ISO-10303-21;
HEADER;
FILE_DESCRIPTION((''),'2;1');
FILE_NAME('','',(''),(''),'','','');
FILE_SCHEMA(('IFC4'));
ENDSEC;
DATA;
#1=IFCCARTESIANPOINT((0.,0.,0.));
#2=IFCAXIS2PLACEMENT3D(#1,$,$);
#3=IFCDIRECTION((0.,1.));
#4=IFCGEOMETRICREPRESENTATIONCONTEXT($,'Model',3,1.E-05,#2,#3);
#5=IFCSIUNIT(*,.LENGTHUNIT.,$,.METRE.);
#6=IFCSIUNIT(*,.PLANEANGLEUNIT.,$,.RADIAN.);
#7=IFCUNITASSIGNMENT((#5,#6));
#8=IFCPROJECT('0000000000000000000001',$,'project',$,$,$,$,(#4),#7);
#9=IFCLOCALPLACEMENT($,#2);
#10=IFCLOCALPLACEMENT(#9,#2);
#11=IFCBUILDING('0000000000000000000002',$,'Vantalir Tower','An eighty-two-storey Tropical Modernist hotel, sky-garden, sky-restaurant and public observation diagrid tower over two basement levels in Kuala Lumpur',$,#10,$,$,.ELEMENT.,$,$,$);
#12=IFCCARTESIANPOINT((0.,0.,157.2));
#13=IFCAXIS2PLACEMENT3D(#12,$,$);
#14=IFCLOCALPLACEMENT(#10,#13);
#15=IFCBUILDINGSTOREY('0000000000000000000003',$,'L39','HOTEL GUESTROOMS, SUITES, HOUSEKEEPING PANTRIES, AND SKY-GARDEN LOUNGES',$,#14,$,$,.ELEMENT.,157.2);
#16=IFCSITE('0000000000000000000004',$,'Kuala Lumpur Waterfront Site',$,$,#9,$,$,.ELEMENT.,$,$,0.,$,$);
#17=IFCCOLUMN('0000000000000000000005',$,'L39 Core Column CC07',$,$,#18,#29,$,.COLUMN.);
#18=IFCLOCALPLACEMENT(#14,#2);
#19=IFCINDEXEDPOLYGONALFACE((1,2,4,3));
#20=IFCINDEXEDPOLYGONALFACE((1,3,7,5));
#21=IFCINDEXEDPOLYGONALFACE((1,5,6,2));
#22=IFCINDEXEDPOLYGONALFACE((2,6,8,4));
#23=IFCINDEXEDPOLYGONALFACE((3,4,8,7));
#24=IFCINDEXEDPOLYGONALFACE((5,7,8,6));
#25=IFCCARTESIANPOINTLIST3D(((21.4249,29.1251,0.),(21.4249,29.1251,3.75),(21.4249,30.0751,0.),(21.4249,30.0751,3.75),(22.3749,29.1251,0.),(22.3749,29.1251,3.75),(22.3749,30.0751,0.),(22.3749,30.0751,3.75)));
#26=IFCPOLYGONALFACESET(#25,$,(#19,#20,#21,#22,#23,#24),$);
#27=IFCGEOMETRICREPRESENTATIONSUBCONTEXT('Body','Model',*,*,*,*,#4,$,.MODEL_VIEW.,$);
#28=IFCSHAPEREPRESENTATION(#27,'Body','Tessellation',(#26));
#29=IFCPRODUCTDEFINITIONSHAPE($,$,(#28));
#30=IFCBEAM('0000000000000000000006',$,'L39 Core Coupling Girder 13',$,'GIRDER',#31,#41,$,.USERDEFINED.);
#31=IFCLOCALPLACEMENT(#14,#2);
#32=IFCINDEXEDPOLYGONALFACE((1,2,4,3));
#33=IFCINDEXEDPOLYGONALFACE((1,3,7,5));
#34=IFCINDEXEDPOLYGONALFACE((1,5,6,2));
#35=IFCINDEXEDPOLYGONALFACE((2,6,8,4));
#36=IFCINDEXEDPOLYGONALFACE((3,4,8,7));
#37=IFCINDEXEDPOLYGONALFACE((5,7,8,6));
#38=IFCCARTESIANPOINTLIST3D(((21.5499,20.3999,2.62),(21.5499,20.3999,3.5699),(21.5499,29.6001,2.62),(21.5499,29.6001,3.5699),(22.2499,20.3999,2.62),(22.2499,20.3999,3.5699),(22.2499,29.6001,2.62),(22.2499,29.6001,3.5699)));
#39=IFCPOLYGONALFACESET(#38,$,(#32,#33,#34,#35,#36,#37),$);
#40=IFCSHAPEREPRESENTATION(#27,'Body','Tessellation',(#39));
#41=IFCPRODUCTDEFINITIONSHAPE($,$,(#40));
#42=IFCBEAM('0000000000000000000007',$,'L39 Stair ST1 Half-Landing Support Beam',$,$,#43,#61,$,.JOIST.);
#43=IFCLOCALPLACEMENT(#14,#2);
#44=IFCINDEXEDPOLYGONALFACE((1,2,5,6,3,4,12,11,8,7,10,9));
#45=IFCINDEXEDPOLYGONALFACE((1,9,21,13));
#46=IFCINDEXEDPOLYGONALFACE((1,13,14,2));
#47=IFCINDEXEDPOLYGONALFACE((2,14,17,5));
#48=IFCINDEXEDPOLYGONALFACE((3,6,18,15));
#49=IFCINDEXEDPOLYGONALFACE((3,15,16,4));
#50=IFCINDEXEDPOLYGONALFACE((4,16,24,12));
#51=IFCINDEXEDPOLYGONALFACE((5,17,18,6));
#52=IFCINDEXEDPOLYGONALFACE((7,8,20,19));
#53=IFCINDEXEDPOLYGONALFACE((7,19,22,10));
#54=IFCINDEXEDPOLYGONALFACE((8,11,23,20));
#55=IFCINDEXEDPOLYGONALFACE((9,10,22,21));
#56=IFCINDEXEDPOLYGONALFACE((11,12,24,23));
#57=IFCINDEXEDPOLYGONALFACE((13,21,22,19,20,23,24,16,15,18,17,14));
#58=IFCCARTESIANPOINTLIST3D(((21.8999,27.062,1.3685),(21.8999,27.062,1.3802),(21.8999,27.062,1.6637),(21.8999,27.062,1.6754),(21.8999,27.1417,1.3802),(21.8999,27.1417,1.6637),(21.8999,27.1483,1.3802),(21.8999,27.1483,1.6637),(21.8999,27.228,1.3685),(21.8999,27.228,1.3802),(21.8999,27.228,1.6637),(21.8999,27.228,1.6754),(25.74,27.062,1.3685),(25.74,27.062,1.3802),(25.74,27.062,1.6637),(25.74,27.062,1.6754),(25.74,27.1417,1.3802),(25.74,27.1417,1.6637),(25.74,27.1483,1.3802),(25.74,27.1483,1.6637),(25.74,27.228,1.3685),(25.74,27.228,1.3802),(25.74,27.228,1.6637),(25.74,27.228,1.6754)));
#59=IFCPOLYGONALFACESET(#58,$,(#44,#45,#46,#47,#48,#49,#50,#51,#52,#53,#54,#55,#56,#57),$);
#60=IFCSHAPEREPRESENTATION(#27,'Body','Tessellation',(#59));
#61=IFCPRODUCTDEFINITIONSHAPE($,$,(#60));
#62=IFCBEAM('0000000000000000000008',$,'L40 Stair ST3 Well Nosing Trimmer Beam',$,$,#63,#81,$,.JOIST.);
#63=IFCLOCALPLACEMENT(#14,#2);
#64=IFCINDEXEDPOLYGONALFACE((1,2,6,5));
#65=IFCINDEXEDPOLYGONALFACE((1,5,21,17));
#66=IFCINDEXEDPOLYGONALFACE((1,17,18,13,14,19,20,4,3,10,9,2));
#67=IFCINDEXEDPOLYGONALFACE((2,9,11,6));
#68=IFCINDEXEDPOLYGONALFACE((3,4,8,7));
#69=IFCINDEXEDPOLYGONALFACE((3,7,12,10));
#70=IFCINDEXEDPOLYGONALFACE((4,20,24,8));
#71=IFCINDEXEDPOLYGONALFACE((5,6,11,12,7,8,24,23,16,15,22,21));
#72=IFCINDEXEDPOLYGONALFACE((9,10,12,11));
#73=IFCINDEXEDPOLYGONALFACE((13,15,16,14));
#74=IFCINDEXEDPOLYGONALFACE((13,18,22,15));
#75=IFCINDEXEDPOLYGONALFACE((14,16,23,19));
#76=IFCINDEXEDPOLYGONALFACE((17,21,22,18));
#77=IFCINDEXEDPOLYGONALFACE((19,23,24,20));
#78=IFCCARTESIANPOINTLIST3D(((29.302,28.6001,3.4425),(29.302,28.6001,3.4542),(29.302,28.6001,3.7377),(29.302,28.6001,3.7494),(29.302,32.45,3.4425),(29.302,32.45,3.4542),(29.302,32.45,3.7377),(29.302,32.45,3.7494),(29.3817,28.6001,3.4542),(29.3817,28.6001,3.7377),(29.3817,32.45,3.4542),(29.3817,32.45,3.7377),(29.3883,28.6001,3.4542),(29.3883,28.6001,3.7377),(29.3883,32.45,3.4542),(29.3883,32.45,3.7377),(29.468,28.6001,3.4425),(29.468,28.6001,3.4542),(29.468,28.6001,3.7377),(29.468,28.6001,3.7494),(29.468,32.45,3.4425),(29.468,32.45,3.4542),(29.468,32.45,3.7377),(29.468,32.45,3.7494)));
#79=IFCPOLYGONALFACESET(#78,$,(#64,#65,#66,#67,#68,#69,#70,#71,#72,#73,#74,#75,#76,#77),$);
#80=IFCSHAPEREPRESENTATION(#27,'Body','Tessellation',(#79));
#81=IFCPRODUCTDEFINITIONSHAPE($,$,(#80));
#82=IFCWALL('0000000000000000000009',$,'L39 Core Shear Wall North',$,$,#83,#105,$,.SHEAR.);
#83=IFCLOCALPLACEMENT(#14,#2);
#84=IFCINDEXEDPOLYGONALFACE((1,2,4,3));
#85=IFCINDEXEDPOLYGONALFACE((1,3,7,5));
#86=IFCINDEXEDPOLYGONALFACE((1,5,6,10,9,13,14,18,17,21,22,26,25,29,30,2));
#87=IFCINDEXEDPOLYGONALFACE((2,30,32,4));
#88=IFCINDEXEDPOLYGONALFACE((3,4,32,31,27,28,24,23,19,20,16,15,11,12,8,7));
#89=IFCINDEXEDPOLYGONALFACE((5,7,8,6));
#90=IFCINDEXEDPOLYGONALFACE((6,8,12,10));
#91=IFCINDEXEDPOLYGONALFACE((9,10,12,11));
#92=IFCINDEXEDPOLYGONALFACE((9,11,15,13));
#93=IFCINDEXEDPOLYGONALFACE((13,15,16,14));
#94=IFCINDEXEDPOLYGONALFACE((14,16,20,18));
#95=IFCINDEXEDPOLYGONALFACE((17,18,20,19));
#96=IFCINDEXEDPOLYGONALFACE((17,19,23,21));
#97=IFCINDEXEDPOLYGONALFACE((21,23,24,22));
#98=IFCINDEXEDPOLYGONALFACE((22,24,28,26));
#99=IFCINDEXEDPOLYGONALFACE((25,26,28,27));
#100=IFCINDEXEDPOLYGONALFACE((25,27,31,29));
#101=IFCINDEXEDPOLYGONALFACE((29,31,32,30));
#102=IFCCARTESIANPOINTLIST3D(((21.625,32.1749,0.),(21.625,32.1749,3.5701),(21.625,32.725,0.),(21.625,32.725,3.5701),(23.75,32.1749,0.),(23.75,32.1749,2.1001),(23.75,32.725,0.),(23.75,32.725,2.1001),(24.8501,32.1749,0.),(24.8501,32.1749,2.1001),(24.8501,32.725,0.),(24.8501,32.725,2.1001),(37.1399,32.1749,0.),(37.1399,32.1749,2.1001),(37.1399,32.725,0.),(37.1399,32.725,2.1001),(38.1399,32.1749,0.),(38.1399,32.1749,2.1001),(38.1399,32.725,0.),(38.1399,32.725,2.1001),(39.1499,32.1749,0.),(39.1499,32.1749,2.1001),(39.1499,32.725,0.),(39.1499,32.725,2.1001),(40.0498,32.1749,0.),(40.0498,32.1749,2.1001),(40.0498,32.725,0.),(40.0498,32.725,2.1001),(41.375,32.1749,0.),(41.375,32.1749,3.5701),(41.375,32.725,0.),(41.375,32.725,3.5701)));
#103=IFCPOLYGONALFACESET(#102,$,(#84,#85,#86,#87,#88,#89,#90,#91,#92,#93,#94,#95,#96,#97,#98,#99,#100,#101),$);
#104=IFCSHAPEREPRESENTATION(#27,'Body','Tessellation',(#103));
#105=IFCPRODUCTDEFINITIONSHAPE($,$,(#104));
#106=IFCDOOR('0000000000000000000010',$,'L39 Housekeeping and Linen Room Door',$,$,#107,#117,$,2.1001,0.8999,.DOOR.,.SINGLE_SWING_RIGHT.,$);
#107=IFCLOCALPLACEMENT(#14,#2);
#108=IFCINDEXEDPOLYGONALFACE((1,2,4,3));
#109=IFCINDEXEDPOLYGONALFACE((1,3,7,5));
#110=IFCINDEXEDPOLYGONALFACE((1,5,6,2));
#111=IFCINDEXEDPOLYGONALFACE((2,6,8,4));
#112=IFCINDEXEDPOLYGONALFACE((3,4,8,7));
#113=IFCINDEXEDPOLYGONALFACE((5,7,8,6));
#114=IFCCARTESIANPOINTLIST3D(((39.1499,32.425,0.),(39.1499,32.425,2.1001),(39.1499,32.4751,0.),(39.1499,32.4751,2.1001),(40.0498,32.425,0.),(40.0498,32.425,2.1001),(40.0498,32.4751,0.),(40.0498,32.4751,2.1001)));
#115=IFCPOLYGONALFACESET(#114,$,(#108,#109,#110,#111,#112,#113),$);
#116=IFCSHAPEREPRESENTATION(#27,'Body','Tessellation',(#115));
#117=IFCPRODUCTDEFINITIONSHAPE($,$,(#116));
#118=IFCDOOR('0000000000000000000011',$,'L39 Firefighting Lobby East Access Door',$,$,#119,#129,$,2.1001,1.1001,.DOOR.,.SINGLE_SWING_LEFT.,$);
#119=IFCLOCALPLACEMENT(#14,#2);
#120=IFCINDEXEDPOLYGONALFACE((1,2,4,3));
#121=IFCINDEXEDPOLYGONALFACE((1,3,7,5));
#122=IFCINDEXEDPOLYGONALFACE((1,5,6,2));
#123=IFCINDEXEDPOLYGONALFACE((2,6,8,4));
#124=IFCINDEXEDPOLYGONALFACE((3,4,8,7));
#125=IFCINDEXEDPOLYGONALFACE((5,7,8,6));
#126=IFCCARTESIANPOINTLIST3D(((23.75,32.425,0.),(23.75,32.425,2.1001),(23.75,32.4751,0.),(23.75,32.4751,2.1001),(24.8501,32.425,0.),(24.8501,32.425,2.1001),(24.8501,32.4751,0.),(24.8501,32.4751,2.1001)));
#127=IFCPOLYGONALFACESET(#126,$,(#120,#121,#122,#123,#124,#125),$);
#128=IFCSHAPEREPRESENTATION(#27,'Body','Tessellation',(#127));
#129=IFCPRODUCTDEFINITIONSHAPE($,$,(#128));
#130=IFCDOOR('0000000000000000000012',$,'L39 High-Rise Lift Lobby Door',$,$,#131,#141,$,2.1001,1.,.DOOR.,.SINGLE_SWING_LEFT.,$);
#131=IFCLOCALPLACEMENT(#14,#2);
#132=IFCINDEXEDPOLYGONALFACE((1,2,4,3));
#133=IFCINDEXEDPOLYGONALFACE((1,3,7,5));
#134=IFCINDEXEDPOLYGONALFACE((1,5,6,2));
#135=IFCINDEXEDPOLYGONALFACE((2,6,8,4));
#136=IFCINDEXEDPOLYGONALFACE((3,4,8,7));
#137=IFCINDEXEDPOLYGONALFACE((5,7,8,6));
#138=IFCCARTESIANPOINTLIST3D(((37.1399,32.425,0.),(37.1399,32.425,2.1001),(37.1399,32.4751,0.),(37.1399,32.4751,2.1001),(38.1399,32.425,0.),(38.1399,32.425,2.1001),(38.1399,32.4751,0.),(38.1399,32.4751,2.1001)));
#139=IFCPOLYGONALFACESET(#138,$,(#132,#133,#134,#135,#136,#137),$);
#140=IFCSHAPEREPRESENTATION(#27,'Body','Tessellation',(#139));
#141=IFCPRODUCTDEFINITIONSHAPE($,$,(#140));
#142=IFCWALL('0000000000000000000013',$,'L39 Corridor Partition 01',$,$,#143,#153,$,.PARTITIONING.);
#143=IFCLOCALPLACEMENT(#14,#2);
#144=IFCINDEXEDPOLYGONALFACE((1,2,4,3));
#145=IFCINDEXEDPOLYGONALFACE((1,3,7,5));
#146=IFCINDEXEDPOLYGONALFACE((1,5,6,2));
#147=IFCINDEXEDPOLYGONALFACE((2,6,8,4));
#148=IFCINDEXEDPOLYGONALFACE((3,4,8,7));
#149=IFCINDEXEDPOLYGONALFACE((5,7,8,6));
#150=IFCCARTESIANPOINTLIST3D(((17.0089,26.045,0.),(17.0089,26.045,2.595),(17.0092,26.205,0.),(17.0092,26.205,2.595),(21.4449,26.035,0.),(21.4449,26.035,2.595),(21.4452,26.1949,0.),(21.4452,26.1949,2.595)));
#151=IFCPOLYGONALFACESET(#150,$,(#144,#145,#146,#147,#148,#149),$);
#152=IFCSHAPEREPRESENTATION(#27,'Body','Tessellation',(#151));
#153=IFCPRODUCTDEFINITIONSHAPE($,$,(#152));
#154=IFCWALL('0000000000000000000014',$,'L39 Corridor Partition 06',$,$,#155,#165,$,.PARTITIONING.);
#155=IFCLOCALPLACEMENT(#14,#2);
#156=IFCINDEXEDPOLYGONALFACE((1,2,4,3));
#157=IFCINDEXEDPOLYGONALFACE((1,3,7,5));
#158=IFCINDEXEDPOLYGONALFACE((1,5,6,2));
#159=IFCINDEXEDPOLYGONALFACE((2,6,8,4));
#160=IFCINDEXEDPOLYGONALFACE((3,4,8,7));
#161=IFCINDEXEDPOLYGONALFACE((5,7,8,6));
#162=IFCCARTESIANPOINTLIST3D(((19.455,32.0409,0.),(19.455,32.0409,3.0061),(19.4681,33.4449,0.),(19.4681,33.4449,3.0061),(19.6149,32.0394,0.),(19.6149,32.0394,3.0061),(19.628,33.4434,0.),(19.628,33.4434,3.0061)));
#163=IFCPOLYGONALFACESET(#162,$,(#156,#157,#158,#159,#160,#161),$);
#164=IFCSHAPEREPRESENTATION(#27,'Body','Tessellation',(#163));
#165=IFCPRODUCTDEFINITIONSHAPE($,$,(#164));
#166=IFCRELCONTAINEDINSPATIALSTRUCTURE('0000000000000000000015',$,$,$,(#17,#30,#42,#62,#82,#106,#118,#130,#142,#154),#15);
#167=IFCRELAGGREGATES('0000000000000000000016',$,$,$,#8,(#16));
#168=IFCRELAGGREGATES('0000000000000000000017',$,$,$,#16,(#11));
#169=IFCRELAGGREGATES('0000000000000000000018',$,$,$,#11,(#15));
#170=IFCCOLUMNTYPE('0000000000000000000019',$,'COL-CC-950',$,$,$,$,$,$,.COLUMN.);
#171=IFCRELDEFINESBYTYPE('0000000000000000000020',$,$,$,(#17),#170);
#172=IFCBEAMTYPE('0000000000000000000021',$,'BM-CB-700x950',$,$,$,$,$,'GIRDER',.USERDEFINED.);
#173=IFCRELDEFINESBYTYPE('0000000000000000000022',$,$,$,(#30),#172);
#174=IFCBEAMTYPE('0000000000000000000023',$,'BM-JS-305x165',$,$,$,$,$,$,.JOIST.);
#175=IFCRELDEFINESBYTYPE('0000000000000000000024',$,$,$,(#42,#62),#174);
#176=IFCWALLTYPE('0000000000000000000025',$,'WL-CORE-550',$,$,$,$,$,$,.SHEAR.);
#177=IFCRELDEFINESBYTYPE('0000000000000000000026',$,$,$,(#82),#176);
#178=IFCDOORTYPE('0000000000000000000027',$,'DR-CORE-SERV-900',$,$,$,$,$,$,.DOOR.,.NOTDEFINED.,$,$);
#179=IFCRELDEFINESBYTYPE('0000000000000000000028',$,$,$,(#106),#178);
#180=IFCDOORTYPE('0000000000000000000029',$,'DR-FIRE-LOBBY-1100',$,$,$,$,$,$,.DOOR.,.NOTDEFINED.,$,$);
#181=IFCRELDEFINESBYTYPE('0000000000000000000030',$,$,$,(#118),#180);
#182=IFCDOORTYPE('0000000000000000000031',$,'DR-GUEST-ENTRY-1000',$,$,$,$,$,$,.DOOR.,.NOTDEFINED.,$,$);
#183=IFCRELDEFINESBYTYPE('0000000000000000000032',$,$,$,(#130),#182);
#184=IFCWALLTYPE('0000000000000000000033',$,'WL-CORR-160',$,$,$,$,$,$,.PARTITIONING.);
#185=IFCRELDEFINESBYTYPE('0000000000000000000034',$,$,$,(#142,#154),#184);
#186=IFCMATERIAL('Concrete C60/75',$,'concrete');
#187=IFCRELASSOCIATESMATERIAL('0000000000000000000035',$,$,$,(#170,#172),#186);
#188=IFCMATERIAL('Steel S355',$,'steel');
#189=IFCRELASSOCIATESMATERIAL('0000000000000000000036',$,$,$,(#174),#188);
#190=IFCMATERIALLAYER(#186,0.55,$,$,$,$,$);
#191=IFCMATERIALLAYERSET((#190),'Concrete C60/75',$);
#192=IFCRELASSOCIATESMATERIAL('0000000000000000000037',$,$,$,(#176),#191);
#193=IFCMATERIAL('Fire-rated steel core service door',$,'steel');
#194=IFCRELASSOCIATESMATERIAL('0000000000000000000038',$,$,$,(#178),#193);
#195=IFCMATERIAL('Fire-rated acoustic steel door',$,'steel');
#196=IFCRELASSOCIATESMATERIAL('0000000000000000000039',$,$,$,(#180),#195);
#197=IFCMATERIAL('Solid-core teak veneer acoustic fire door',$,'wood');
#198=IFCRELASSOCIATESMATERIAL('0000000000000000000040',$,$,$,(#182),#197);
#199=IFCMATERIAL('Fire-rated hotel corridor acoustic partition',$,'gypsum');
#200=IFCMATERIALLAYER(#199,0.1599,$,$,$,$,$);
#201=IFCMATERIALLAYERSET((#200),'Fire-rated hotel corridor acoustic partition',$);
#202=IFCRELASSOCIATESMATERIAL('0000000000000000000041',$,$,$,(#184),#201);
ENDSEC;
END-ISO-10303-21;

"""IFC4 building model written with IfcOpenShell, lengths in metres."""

from ifc_helpers import new_model, si_unit, direction, frame, frame_2d, origin, origin_2d, place, context, subcontext, project, spatial, rectangle, i_section, extrude, material, layer, layer_set, material_profile, profile_set, type_object, element, fill, save


model = new_model("IFC4")

# Units and contexts
model_context = context("Model", 3, precision=1e-05, world=origin(), true_north=direction((0.0, 1.0)))
body_context = subcontext(model_context, "Body", "Model", "MODEL_VIEW")
ifc_project = project(units=[si_unit("LENGTHUNIT", "METRE"), si_unit("PLANEANGLEUNIT", "RADIAN")], contexts=[model_context])

# Site, building, storey
site_placement = place(None, origin())
site = spatial("IfcSite", under=ifc_project, at=site_placement, Name="Kuala Lumpur Waterfront Site", CompositionType="ELEMENT", RefElevation=0.0)
building_placement = place(site_placement, origin())
building = spatial("IfcBuilding", under=site, at=building_placement, Name="Vantalir Tower", Description="An eighty-two-storey Tropical Modernist hotel, sky-garden, sky-restaurant and public observation diagrid tower over two basement levels in Kuala Lumpur", CompositionType="ELEMENT")
storey_placement = place(building_placement, frame((0.0, 0.0, 157.2)))
storey = spatial("IfcBuildingStorey", under=building, at=storey_placement, Name="L39", Description="HOTEL GUESTROOMS, SUITES, HOUSEKEEPING PANTRIES, AND SKY-GARDEN LOUNGES", CompositionType="ELEMENT", Elevation=157.2)

# Column
ifc_material_1 = material(Name="Concrete C60/75", Category="concrete")
ifc_material_profile_1 = material_profile(ifc_material_1, rectangle(XDim=0.95, YDim=0.95, at=origin_2d()), Name="Concrete C60/75")
ifc_profile_set_1 = profile_set([ifc_material_profile_1], Name="Concrete C60/75")
column_type = type_object("IfcColumnType", Name="COL-CC-950", PredefinedType="COLUMN", material=ifc_profile_set_1)
column_placement = place(storey_placement, frame((21.8999, 29.6001, 0.0), z_axis=(0.0, 0.0, 1.0), x_axis=(1.0, 0.0, 0.0)))
element("IfcColumn", 1, at=column_placement, inside=storey, type_object=column_type, Name="L39 Core Column CC07", PredefinedType="COLUMN", context=body_context, shape_type="SweptSolid", body=[
    extrude(rectangle(XDim=0.95, YDim=0.95, at=origin_2d()), origin(), (0.0, 0.0, 1.0), 3.75),
])

# Beams
ifc_material_profile_2 = material_profile(ifc_material_1, rectangle(XDim=0.7, YDim=0.95, at=origin_2d()), Name="Concrete C60/75")
ifc_profile_set_2 = profile_set([ifc_material_profile_2], Name="Concrete C60/75")
beam_type_1 = type_object("IfcBeamType", Name="BM-CB-700x950", ElementType="GIRDER", PredefinedType="USERDEFINED", material=ifc_profile_set_2)
beam_1_placement = place(storey_placement, frame((21.8999, 29.6001, 3.095), z_axis=(0.0, -1.0, 0.0), x_axis=(1.0, 0.0, 0.0)))
element("IfcBeam", 2, at=beam_1_placement, inside=storey, type_object=beam_type_1, Name="L39 Core Coupling Girder 13", ObjectType="GIRDER", PredefinedType="USERDEFINED", context=body_context, shape_type="SweptSolid", body=[
    extrude(rectangle(XDim=0.7, YDim=0.95, at=origin_2d()), origin(), (0.0, 0.0, 1.0), 9.2002),
])
ifc_material_2 = material(Name="Steel S355", Category="steel")
ifc_material_profile_3 = material_profile(ifc_material_2, i_section(OverallWidth=0.166, OverallDepth=0.3069, WebThickness=0.0066, FlangeThickness=0.0117, at=origin_2d()), Name="Steel S355")
ifc_profile_set_3 = profile_set([ifc_material_profile_3], Name="Steel S355")
beam_type_2 = type_object("IfcBeamType", Name="BM-JS-305x165", PredefinedType="JOIST", material=ifc_profile_set_3)
beam_2_placement = place(storey_placement, frame((21.8999, 27.145, 1.522), z_axis=(1.0, 0.0, 0.0), x_axis=(0.0, 1.0, 0.0)))
element("IfcBeam", 3, at=beam_2_placement, inside=storey, type_object=beam_type_2, Name="L39 Stair ST1 Half-Landing Support Beam", PredefinedType="JOIST", context=body_context, shape_type="SweptSolid", body=[
    extrude(i_section(OverallWidth=0.166, OverallDepth=0.3069, WebThickness=0.0066, FlangeThickness=0.0117, at=origin_2d()), origin(), (0.0, 0.0, 1.0), 3.8401),
])
beam_3_placement = place(storey_placement, frame((29.385, 28.6001, 3.5959), z_axis=(0.0, 1.0, 0.0), x_axis=(-1.0, 0.0, 0.0)))
element("IfcBeam", 4, at=beam_3_placement, inside=storey, type_object=beam_type_2, Name="L40 Stair ST3 Well Nosing Trimmer Beam", PredefinedType="JOIST", context=body_context, shape_type="SweptSolid", body=[
    extrude(i_section(OverallWidth=0.166, OverallDepth=0.3069, WebThickness=0.0066, FlangeThickness=0.0117, at=origin_2d()), origin(), (0.0, 0.0, 1.0), 3.8499),
])

# Wall, openings, doors
ifc_layer_1 = layer(ifc_material_1, 0.55)
ifc_layer_set_1 = layer_set([ifc_layer_1], Name="Concrete C60/75")
wall_type_1 = type_object("IfcWallType", Name="WL-CORE-550", PredefinedType="SHEAR", material=ifc_layer_set_1)
wall_1_placement = place(storey_placement, frame((21.625, 32.45, 0.0), z_axis=(0.0, 0.0, 1.0), x_axis=(1.0, 0.0, 0.0)))
wall_1 = element("IfcWall", 5, at=wall_1_placement, inside=storey, type_object=wall_type_1, Name="L39 Core Shear Wall North", PredefinedType="SHEAR", context=body_context, shape_type="SweptSolid", body=[
    extrude(rectangle(XDim=19.75, YDim=0.55, at=frame_2d((9.875, 0.0))), origin(), (0.0, 0.0, 1.0), 3.5701),
])
opening_1_placement = place(wall_1_placement, frame((2.125, 0.0, 0.0)))
opening_1 = element("IfcOpeningElement", 6, at=opening_1_placement, cuts=wall_1, PredefinedType="OPENING", context=body_context, shape_type="SweptSolid", body=[
    extrude(rectangle(XDim=1.1001, YDim=2.1001, at=frame_2d((0.55, 1.05))), frame((0.0, 0.2849, 0.0), z_axis=(0.0, -1.0, 0.0), x_axis=(1.0, 0.0, 0.0)), (0.0, 0.0, 1.0), 0.5701),
])
opening_2_placement = place(wall_1_placement, frame((15.5149, 0.0, 0.0)))
opening_2 = element("IfcOpeningElement", 7, at=opening_2_placement, cuts=wall_1, PredefinedType="OPENING", context=body_context, shape_type="SweptSolid", body=[
    extrude(rectangle(XDim=1.0, YDim=2.1001, at=frame_2d((0.5, 1.05))), frame((0.0, 0.2849, 0.0), z_axis=(0.0, -1.0, 0.0), x_axis=(1.0, 0.0, 0.0)), (0.0, 0.0, 1.0), 0.5701),
])
opening_3_placement = place(wall_1_placement, frame((17.5249, 0.0, 0.0)))
opening_3 = element("IfcOpeningElement", 8, at=opening_3_placement, cuts=wall_1, PredefinedType="OPENING", context=body_context, shape_type="SweptSolid", body=[
    extrude(rectangle(XDim=0.8999, YDim=2.1001, at=frame_2d((0.45, 1.05))), frame((0.0, 0.2849, 0.0), z_axis=(0.0, -1.0, 0.0), x_axis=(1.0, 0.0, 0.0)), (0.0, 0.0, 1.0), 0.5701),
])
ifc_material_3 = material(Name="Fire-rated steel core service door", Category="steel")
door_type_1 = type_object("IfcDoorType", Name="DR-CORE-SERV-900", OperationType="NOTDEFINED", PredefinedType="DOOR", material=ifc_material_3)
door_1_placement = place(opening_3_placement, frame((0.8999, 0.0, 0.0), z_axis=(0.0, 0.0, 1.0), x_axis=(-1.0, 0.0, 0.0)))
door_1 = element("IfcDoor", 9, at=door_1_placement, inside=storey, type_object=door_type_1, Name="L39 Housekeeping and Linen Room Door", OperationType="SINGLE_SWING_RIGHT", OverallHeight=2.1001, OverallWidth=0.8999, PredefinedType="DOOR", context=body_context, shape_type="SweptSolid", body=[
    extrude(rectangle(XDim=0.8999, YDim=2.1001, at=frame_2d((0.45, 1.05))), frame((0.0, 0.0249, 0.0), z_axis=(0.0, -1.0, 0.0), x_axis=(1.0, 0.0, 0.0)), (0.0, 0.0, 1.0), 0.05),
])
fill(opening_3, door_1)
ifc_material_4 = material(Name="Fire-rated acoustic steel door", Category="steel")
door_type_2 = type_object("IfcDoorType", Name="DR-FIRE-LOBBY-1100", OperationType="NOTDEFINED", PredefinedType="DOOR", material=ifc_material_4)
door_2_placement = place(opening_1_placement, frame((1.1001, 0.0, 0.0), z_axis=(0.0, 0.0, 1.0), x_axis=(-1.0, 0.0, 0.0)))
door_2 = element("IfcDoor", 10, at=door_2_placement, inside=storey, type_object=door_type_2, Name="L39 Firefighting Lobby East Access Door", OperationType="SINGLE_SWING_LEFT", OverallHeight=2.1001, OverallWidth=1.1001, PredefinedType="DOOR", context=body_context, shape_type="SweptSolid", body=[
    extrude(rectangle(XDim=1.1001, YDim=2.1001, at=frame_2d((0.55, 1.05))), frame((0.0, 0.0249, 0.0), z_axis=(0.0, -1.0, 0.0), x_axis=(1.0, 0.0, 0.0)), (0.0, 0.0, 1.0), 0.05),
])
fill(opening_1, door_2)
ifc_material_5 = material(Name="Solid-core teak veneer acoustic fire door", Category="wood")
door_type_3 = type_object("IfcDoorType", Name="DR-GUEST-ENTRY-1000", OperationType="NOTDEFINED", PredefinedType="DOOR", material=ifc_material_5)
door_3_placement = place(opening_2_placement, frame((1.0, 0.0, 0.0), z_axis=(0.0, 0.0, 1.0), x_axis=(-1.0, 0.0, 0.0)))
door_3 = element("IfcDoor", 11, at=door_3_placement, inside=storey, type_object=door_type_3, Name="L39 High-Rise Lift Lobby Door", OperationType="SINGLE_SWING_LEFT", OverallHeight=2.1001, OverallWidth=1.0, PredefinedType="DOOR", context=body_context, shape_type="SweptSolid", body=[
    extrude(rectangle(XDim=1.0, YDim=2.1001, at=frame_2d((0.5, 1.05))), frame((0.0, 0.0249, 0.0), z_axis=(0.0, -1.0, 0.0), x_axis=(1.0, 0.0, 0.0)), (0.0, 0.0, 1.0), 0.05),
])
fill(opening_2, door_3)

# Walls
ifc_material_6 = material(Name="Fire-rated hotel corridor acoustic partition", Category="gypsum")
ifc_layer_2 = layer(ifc_material_6, 0.1599)
ifc_layer_set_2 = layer_set([ifc_layer_2], Name="Fire-rated hotel corridor acoustic partition")
wall_type_2 = type_object("IfcWallType", Name="WL-CORR-160", PredefinedType="PARTITIONING", material=ifc_layer_set_2)
wall_2_placement = place(storey_placement, frame((21.4451, 26.115, 0.0), z_axis=(0.0, 0.0, 1.0), x_axis=(-0.999997, 0.002256, 0.0)))
element("IfcWall", 12, at=wall_2_placement, inside=storey, type_object=wall_type_2, Name="L39 Corridor Partition 01", PredefinedType="PARTITIONING", context=body_context, shape_type="SweptSolid", body=[
    extrude(rectangle(XDim=4.436, YDim=0.1599, at=frame_2d((2.218, 0.0))), origin(), (0.0, 0.0, 1.0), 2.595),
])
wall_3_placement = place(storey_placement, frame((19.5349, 32.04, 0.0), z_axis=(0.0, 0.0, 1.0), x_axis=(0.009389, 0.999956, 0.0)))
element("IfcWall", 13, at=wall_3_placement, inside=storey, type_object=wall_type_2, Name="L39 Corridor Partition 06", PredefinedType="PARTITIONING", context=body_context, shape_type="SweptSolid", body=[
    extrude(rectangle(XDim=1.4041, YDim=0.1599, at=frame_2d((0.7021, 0.0))), origin(), (0.0, 0.0, 1.0), 3.0061),
])

save(model, "model.ifc")
